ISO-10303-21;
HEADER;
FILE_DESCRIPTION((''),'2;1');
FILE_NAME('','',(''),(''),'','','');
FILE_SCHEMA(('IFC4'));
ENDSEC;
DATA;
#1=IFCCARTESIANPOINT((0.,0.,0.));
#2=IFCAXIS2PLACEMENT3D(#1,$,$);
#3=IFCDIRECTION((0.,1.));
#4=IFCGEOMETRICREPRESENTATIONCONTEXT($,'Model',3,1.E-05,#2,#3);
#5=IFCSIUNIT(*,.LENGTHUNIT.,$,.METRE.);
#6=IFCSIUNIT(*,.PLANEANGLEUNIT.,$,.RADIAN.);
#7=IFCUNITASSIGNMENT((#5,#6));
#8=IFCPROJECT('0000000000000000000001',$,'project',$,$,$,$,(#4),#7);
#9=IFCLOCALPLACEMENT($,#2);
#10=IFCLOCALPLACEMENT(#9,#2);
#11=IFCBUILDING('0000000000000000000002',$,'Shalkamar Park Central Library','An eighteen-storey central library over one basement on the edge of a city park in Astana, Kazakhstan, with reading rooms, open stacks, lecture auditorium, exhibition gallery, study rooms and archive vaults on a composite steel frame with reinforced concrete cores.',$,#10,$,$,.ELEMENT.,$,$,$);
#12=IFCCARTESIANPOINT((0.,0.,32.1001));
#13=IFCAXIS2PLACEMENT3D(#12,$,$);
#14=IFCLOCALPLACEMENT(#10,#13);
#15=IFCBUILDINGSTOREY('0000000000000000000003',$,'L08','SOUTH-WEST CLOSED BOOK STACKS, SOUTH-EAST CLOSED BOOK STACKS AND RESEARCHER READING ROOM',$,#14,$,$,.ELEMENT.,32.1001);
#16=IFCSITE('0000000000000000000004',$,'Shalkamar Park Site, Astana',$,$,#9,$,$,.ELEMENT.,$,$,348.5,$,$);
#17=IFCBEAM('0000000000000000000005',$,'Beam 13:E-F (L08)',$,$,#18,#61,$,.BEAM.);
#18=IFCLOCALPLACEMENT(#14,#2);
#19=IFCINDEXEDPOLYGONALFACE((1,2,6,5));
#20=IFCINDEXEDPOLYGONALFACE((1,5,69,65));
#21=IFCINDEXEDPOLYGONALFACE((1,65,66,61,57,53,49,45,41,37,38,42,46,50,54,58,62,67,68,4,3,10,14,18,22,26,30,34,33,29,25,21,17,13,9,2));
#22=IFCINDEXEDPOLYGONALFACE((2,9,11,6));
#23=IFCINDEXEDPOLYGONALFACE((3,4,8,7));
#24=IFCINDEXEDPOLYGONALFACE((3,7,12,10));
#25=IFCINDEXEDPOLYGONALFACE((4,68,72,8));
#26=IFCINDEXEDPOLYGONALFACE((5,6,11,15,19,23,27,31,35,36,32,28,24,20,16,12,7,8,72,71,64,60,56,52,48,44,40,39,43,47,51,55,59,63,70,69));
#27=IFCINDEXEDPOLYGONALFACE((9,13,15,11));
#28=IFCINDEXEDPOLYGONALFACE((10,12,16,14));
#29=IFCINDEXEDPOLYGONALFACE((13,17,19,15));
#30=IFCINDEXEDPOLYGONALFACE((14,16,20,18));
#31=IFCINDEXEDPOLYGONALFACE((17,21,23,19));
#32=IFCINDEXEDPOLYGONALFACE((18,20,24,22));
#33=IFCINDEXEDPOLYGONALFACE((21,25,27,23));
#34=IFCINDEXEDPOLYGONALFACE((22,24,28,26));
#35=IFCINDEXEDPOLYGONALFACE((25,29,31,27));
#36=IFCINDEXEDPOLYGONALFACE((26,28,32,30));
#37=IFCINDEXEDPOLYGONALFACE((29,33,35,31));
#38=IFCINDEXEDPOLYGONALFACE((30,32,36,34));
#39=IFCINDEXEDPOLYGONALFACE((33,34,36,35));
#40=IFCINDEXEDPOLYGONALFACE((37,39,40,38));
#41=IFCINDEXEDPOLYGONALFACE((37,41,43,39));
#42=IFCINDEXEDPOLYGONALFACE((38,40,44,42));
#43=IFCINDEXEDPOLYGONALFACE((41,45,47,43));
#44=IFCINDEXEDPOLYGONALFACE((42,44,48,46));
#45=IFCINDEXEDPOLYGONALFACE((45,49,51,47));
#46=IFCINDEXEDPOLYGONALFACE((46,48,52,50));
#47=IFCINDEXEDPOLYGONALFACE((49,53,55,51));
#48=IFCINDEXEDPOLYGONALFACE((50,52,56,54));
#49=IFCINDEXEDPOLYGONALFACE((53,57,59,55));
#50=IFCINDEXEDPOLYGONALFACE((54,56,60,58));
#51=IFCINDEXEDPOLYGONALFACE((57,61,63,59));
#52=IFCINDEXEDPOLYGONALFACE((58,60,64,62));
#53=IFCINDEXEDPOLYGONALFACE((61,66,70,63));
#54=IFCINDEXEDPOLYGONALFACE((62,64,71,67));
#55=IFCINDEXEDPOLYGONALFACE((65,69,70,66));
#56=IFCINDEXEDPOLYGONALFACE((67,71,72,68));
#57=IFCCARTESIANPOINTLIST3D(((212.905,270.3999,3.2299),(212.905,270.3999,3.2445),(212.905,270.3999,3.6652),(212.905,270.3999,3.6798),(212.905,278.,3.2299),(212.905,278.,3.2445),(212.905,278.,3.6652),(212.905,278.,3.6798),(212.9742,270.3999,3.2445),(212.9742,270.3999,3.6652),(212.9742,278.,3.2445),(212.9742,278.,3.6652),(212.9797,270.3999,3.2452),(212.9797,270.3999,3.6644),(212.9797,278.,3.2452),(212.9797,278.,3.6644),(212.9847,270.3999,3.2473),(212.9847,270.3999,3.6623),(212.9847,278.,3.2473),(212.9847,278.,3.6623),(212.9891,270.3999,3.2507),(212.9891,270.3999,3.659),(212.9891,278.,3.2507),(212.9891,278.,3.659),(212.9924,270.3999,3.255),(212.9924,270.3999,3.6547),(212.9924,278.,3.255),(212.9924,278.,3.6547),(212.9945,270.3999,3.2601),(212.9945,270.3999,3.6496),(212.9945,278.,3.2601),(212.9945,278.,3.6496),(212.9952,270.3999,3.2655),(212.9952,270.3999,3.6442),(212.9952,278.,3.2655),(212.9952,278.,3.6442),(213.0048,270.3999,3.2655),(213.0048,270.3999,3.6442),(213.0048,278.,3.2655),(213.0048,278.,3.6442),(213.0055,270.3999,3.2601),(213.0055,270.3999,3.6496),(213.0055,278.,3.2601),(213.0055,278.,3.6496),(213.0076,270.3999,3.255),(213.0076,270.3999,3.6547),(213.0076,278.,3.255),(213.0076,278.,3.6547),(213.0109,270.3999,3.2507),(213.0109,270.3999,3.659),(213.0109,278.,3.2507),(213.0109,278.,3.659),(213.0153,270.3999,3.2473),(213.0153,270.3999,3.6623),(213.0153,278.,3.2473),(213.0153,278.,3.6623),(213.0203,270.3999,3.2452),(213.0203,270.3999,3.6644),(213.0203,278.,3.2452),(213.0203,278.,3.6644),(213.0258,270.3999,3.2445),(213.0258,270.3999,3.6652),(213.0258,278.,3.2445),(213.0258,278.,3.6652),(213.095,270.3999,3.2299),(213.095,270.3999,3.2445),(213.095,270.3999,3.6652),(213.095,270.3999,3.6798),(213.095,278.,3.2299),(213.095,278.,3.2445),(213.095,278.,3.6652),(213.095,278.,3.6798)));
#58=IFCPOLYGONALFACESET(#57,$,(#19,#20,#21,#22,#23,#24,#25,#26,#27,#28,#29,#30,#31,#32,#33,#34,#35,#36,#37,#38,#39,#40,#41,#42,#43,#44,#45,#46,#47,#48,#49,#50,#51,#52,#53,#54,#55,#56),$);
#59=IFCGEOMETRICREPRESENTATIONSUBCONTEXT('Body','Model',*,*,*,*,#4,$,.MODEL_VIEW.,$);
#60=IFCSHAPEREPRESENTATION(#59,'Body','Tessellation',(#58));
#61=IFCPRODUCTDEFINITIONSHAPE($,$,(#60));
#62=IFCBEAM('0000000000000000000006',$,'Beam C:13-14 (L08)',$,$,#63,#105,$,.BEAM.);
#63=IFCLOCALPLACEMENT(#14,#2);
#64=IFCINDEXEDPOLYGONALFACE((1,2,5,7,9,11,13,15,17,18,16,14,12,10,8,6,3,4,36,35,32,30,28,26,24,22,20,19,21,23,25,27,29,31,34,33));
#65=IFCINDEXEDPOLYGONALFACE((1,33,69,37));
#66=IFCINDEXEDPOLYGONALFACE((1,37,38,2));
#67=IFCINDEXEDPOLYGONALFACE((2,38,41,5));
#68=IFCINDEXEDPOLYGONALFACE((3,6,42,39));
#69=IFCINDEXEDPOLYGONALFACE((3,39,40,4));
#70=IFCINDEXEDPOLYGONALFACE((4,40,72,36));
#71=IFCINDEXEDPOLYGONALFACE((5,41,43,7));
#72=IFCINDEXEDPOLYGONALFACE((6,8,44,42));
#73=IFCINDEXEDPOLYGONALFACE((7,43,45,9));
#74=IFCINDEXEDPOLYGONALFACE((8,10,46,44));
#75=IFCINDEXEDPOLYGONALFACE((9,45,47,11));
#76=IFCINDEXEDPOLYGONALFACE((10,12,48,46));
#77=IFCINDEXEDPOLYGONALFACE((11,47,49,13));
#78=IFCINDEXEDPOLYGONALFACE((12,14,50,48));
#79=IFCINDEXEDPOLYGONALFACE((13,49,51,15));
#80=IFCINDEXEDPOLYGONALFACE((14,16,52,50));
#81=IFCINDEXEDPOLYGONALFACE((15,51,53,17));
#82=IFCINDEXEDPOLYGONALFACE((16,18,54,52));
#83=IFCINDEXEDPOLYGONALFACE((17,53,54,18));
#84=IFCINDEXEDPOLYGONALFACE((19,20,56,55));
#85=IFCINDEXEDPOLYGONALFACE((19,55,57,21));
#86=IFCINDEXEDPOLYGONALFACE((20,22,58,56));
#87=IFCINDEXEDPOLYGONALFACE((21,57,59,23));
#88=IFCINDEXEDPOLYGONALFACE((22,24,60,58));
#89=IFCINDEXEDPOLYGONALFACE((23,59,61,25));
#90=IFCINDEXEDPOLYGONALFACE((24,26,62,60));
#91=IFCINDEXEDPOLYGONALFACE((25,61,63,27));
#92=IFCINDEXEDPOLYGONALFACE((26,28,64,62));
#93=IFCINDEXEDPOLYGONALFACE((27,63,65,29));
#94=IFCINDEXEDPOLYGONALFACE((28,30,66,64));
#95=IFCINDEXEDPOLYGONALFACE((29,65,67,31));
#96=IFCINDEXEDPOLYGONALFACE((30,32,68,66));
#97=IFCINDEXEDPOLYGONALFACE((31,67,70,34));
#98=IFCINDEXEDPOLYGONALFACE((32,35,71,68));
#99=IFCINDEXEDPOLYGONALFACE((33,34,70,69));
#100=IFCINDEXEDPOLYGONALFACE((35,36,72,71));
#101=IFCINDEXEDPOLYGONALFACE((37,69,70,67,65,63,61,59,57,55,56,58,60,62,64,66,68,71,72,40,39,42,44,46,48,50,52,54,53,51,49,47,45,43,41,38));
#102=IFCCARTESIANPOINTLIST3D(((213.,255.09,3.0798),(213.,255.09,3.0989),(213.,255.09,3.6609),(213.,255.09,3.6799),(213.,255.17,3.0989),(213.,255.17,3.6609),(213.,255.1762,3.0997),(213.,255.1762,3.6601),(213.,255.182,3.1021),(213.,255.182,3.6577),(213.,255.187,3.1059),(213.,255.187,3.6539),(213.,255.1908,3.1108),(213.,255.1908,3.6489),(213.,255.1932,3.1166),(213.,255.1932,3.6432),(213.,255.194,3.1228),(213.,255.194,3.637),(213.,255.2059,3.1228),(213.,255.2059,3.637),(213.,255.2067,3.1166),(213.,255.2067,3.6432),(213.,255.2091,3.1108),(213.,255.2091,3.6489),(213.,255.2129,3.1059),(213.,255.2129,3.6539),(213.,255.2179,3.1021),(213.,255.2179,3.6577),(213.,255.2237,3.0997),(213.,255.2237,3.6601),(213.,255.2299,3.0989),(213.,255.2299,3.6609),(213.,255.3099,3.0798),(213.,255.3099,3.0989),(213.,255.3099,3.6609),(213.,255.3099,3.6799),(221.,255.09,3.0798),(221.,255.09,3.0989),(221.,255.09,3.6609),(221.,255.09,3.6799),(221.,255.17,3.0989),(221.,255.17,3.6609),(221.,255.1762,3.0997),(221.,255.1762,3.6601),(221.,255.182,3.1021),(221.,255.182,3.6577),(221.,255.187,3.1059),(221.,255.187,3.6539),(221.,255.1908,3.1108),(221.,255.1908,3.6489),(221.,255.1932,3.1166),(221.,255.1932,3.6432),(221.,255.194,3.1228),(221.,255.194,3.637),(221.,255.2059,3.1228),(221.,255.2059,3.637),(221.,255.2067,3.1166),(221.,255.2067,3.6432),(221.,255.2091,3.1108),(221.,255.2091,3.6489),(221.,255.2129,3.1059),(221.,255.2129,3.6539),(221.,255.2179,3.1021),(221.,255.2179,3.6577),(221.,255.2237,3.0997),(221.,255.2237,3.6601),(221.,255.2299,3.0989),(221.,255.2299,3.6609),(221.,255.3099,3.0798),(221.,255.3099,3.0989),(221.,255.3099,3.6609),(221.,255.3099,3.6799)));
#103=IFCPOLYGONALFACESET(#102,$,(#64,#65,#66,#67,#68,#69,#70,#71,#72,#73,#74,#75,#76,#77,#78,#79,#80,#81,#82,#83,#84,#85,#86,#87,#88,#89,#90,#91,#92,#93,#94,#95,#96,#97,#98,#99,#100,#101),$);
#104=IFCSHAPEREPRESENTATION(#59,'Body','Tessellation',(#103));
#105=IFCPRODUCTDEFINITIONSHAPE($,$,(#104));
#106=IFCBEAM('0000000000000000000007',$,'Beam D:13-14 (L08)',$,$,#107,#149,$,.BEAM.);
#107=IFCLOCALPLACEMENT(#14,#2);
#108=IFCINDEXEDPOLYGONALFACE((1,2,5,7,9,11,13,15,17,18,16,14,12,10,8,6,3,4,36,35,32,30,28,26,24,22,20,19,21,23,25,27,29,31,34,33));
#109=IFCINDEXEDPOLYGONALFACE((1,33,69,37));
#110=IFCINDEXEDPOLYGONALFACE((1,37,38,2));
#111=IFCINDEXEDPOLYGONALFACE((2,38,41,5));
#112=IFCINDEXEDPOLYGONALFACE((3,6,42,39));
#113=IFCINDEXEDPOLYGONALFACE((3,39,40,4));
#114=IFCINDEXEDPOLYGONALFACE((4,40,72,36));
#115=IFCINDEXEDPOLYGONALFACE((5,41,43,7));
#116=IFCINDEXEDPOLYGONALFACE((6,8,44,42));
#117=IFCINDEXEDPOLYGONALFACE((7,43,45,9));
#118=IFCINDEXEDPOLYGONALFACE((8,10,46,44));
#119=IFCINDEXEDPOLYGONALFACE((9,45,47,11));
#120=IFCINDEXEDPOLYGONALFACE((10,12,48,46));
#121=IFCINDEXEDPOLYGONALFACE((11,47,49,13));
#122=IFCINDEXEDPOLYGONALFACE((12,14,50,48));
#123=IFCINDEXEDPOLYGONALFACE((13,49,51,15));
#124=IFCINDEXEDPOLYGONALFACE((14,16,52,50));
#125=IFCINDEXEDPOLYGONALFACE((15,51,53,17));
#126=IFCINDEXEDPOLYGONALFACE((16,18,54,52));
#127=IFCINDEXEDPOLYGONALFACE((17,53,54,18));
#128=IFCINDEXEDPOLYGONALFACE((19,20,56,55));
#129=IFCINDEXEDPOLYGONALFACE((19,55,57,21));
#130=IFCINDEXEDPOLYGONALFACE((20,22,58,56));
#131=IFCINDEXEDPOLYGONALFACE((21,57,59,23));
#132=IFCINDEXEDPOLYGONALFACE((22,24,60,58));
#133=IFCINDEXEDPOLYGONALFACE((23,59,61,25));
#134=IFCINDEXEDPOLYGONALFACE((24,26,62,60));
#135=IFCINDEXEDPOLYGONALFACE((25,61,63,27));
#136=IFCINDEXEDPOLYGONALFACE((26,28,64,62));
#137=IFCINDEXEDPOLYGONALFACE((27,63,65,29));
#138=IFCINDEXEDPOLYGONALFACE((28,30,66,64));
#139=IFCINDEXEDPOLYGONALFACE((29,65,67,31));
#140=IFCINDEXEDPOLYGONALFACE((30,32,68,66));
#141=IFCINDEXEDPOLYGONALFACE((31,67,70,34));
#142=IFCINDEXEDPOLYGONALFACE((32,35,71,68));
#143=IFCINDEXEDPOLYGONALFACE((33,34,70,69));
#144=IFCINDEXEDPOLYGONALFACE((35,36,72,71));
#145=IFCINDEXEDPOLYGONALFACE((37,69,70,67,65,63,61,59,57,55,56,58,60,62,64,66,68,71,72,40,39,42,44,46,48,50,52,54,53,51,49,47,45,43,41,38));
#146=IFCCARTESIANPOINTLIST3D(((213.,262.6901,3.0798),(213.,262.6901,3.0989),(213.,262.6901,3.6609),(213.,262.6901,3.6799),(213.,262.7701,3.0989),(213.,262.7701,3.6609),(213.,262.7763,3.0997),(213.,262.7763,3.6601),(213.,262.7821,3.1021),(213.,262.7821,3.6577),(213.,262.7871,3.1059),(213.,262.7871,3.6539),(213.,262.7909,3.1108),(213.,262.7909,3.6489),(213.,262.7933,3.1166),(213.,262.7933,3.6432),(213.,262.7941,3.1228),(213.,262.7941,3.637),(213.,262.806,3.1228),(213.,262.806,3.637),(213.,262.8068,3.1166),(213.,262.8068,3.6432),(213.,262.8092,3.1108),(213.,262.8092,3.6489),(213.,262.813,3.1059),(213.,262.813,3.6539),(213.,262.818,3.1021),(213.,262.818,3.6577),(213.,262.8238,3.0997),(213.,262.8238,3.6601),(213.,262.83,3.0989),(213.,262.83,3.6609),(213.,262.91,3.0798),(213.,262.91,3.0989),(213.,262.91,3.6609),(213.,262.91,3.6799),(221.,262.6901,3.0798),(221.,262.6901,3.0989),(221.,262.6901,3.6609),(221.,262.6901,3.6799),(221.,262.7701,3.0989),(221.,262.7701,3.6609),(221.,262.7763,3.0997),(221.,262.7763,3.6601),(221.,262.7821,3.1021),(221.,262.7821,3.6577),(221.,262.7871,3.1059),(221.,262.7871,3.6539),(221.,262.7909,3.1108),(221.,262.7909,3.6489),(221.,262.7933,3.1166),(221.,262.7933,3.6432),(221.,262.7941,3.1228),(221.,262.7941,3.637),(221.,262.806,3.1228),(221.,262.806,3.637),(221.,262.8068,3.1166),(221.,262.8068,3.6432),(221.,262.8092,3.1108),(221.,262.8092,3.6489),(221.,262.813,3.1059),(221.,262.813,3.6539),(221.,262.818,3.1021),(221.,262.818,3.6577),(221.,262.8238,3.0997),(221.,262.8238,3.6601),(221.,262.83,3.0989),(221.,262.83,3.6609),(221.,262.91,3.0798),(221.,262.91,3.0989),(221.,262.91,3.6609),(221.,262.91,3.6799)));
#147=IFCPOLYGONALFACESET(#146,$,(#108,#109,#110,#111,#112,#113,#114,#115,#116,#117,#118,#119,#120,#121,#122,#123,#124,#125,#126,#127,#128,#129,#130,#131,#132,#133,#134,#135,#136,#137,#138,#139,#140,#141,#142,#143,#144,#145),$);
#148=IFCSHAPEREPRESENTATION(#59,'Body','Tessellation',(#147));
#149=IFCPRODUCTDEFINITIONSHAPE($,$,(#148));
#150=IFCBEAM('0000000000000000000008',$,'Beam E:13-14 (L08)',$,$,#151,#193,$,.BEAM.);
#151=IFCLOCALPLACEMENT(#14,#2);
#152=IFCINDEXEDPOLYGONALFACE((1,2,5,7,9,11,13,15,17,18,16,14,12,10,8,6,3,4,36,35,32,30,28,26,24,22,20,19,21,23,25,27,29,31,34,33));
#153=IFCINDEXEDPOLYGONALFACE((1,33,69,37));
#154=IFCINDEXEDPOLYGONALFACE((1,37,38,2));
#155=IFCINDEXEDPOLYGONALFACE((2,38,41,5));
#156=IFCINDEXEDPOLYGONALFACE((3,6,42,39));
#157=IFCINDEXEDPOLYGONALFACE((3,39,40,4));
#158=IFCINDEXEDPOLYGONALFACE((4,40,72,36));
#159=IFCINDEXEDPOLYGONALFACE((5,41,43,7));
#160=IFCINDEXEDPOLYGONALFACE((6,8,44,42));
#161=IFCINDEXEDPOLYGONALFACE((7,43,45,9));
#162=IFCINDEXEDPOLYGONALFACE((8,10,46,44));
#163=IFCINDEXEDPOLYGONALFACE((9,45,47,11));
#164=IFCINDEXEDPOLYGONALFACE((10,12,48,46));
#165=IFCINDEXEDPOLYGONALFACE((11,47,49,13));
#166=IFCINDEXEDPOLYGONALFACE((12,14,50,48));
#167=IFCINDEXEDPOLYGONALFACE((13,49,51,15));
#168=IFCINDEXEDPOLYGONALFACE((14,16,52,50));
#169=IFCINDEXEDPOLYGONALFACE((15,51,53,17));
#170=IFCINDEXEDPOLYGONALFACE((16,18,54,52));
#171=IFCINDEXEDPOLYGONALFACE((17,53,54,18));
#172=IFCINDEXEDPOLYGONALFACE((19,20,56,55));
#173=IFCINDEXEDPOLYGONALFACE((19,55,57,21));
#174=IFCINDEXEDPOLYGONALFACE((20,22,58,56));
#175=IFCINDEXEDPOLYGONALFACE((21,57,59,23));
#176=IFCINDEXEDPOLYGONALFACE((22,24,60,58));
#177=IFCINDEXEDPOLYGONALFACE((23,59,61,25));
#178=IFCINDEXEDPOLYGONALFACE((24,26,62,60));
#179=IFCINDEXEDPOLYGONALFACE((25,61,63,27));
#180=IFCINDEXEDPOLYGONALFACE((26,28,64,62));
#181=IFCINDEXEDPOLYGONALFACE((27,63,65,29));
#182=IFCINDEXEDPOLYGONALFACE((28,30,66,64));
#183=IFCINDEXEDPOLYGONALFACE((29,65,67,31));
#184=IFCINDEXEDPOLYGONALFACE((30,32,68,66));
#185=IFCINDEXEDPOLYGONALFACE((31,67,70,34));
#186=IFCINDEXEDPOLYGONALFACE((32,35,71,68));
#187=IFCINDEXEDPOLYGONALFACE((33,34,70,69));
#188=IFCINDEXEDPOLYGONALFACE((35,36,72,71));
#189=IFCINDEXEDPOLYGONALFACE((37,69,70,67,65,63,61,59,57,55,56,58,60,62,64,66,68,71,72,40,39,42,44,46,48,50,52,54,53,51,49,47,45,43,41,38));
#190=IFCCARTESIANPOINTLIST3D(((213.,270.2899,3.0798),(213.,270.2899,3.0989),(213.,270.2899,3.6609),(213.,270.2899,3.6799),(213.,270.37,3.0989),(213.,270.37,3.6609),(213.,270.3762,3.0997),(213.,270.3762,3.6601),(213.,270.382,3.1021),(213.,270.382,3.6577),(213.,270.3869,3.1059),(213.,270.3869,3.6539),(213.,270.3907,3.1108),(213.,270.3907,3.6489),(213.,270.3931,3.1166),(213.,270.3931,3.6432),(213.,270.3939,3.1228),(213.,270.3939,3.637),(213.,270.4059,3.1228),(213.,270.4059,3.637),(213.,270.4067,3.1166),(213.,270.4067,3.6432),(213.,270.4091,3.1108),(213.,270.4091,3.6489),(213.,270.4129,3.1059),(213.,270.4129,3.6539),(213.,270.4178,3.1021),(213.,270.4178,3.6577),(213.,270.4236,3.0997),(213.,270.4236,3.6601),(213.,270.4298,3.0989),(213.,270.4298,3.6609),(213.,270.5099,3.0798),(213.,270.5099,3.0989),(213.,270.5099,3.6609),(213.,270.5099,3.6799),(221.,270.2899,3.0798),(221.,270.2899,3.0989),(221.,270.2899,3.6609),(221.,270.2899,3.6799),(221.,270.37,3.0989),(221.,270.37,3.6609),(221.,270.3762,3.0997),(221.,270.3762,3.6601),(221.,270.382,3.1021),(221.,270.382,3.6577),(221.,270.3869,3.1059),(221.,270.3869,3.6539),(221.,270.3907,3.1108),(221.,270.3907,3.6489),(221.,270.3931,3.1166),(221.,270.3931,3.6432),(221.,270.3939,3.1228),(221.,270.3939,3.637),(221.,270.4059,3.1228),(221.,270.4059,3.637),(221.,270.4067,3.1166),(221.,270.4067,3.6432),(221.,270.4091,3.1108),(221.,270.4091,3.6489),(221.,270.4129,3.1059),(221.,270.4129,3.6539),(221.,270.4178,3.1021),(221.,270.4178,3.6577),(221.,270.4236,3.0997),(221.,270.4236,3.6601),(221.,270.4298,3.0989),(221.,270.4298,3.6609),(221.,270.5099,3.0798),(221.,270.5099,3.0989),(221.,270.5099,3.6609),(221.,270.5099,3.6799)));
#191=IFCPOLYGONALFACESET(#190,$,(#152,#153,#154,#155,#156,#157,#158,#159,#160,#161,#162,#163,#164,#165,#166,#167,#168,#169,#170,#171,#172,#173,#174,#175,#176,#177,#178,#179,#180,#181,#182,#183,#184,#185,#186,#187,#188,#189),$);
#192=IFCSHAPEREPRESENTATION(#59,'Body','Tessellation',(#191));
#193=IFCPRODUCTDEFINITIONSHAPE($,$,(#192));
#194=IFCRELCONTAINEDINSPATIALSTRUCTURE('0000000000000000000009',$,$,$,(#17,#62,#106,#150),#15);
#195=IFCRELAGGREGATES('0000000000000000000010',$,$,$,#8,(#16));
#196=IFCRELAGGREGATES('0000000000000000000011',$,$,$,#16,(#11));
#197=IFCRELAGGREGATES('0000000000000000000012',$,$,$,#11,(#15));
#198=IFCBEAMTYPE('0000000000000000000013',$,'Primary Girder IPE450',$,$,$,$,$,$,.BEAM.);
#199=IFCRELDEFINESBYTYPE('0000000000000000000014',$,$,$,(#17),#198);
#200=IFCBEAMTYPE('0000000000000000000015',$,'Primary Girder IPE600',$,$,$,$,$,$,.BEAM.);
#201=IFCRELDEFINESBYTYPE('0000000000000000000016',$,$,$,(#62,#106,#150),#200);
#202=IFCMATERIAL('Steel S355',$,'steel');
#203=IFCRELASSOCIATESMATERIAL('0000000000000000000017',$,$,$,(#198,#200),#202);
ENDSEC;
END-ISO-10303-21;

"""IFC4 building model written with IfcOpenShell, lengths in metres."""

from ifc_helpers import new_model, si_unit, direction, frame, origin, origin_2d, place, context, subcontext, project, spatial, i_section, extrude, material, material_profile, profile_set, type_object, element, save


model = new_model("IFC4")

# Units and contexts
model_context = context("Model", 3, precision=1e-05, world=origin(), true_north=direction((0.0, 1.0)))
body_context = subcontext(model_context, "Body", "Model", "MODEL_VIEW")
ifc_project = project(units=[si_unit("LENGTHUNIT", "METRE"), si_unit("PLANEANGLEUNIT", "RADIAN")], contexts=[model_context])

# Site, building, storey
site_placement = place(None, origin())
site = spatial("IfcSite", under=ifc_project, at=site_placement, Name="Shalkamar Park Site, Astana", CompositionType="ELEMENT", RefElevation=348.5)
building_placement = place(site_placement, origin())
building = spatial("IfcBuilding", under=site, at=building_placement, Name="Shalkamar Park Central Library", Description="An eighteen-storey central library over one basement on the edge of a city park in Astana, Kazakhstan, with reading rooms, open stacks, lecture auditorium, exhibition gallery, study rooms and archive vaults on a composite steel frame with reinforced concrete cores.", CompositionType="ELEMENT")
storey_placement = place(building_placement, frame((0.0, 0.0, 32.1001)))
storey = spatial("IfcBuildingStorey", under=building, at=storey_placement, Name="L08", Description="SOUTH-WEST CLOSED BOOK STACKS, SOUTH-EAST CLOSED BOOK STACKS AND RESEARCHER READING ROOM", CompositionType="ELEMENT", Elevation=32.1001)

# Shared definitions
ifc_material_1 = material(Name="Steel S355", Category="steel")

# Beams
ifc_material_profile_1 = material_profile(ifc_material_1, i_section(OverallWidth=0.1899, OverallDepth=0.45, WebThickness=0.0095, FlangeThickness=0.0146, FilletRadius=0.021, at=origin_2d()), Name="IPE 450")
ifc_profile_set_1 = profile_set([ifc_material_profile_1], Name="Steel S355")
beam_type_1 = type_object("IfcBeamType", Name="Primary Girder IPE450", PredefinedType="BEAM", material=ifc_profile_set_1)
beam_1_placement = place(storey_placement, frame((213.0, 270.3999, 3.4548), z_axis=(0.0, 1.0, 0.0), x_axis=(-1.0, 0.0, 0.0)))
element("IfcBeam", 1, at=beam_1_placement, inside=storey, type_object=beam_type_1, Name="Beam 13:E-F (L08)", PredefinedType="BEAM", context=body_context, shape_type="SweptSolid", body=[
    extrude(i_section(OverallWidth=0.1899, OverallDepth=0.45, WebThickness=0.0095, FlangeThickness=0.0146, FilletRadius=0.021, at=origin_2d()), origin(), (0.0, 0.0, 1.0), 7.6001),
])
ifc_material_profile_2 = material_profile(ifc_material_1, i_section(OverallWidth=0.22, OverallDepth=0.6001, WebThickness=0.012, FlangeThickness=0.019, FilletRadius=0.0239, at=origin_2d()), Name="IPE 600")
ifc_profile_set_2 = profile_set([ifc_material_profile_2], Name="Steel S355")
beam_type_2 = type_object("IfcBeamType", Name="Primary Girder IPE600", PredefinedType="BEAM", material=ifc_profile_set_2)
for number, where, z_axis, x_axis, name in (
    (2, (213.0, 255.2, 3.3799), (1.0, 0.0, 0.0), (0.0, 1.0, 0.0), "Beam C:13-14 (L08)"),
    (3, (213.0, 262.8, 3.3799), (1.0, 0.0, 0.0), (0.0, 1.0, 0.0), "Beam D:13-14 (L08)"),
    (4, (213.0, 270.3999, 3.3799), (1.0, 0.0, 0.0), (0.0, 1.0, 0.0), "Beam E:13-14 (L08)"),
):
    element("IfcBeam", number, at=place(storey_placement, frame(where, z_axis=z_axis, x_axis=x_axis)), inside=storey, type_object=beam_type_2, Name=name, PredefinedType="BEAM", context=body_context, shape_type="SweptSolid", body=[
        extrude(i_section(OverallWidth=0.22, OverallDepth=0.6001, WebThickness=0.012, FlangeThickness=0.019, FilletRadius=0.0239, at=origin_2d()), origin(), (0.0, 0.0, 1.0), 8.0),
    ])

save(model, "model.ifc")
